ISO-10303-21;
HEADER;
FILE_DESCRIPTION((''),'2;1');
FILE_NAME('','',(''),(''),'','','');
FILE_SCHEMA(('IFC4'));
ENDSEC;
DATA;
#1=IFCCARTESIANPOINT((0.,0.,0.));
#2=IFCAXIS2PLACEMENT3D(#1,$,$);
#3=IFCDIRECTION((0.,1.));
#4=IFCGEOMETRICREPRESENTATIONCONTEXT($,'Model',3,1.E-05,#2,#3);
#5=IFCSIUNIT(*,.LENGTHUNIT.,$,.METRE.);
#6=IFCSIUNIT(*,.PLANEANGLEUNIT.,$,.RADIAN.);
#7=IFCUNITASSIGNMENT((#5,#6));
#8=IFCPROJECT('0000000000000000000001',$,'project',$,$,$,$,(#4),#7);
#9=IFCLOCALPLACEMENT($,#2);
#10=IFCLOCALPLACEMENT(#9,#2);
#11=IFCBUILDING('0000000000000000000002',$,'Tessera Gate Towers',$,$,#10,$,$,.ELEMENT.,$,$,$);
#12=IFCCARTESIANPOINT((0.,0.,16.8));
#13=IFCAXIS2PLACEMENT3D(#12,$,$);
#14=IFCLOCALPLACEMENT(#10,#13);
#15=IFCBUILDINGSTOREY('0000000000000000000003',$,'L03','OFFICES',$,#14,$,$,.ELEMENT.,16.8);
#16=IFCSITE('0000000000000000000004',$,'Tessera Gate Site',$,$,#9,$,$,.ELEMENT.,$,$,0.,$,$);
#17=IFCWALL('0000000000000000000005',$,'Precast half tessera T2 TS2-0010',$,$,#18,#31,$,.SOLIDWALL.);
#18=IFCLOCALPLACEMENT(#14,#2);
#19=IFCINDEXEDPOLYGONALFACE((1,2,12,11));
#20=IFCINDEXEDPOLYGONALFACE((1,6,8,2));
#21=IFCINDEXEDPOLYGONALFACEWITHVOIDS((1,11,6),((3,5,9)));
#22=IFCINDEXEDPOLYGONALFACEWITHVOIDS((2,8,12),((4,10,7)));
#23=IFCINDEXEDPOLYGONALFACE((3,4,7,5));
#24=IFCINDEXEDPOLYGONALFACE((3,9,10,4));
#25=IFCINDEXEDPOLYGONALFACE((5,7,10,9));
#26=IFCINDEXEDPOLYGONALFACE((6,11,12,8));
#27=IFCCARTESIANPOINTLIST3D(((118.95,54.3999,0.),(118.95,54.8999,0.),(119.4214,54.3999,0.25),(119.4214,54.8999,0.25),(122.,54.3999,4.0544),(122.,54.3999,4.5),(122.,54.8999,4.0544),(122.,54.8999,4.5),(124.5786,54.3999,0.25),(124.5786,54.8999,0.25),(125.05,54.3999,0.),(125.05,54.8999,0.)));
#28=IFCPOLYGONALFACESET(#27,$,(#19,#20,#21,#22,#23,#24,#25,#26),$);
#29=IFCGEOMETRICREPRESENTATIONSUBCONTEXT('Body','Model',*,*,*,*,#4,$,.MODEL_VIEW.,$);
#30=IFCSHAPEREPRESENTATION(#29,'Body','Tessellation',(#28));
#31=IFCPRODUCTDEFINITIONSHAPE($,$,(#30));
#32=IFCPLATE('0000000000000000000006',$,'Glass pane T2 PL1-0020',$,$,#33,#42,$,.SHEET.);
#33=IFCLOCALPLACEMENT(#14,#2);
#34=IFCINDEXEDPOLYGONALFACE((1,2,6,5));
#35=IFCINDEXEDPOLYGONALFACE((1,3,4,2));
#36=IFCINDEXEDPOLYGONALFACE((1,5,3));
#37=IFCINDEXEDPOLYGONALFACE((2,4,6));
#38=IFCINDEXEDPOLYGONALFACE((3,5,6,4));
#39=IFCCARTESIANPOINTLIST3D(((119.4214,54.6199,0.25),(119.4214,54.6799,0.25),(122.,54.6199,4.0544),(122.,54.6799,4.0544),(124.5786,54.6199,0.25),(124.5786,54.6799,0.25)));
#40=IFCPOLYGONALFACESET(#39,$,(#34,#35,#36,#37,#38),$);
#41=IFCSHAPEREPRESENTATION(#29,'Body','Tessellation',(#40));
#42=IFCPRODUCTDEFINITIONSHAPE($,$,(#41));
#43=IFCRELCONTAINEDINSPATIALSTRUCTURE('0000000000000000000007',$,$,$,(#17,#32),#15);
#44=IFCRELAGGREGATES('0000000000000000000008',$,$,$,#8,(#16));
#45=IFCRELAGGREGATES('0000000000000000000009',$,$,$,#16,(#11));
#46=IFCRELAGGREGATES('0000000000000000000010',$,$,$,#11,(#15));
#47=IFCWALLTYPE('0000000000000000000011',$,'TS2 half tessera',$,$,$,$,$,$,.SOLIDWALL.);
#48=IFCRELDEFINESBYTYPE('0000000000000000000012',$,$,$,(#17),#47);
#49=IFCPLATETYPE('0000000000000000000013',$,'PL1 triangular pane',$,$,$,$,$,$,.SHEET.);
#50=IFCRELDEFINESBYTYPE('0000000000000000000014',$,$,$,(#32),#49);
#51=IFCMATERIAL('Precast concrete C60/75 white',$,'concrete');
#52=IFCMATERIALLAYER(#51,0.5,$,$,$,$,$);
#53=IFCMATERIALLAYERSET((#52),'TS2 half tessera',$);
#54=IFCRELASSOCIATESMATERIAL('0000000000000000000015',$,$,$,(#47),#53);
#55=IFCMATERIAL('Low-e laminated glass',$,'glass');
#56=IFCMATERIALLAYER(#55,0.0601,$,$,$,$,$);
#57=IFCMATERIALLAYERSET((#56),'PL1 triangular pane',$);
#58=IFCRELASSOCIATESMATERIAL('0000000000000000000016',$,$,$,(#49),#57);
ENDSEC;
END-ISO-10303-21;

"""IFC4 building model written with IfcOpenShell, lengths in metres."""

from ifc_helpers import new_model, si_unit, direction, frame, origin, place, context, subcontext, project, spatial, polyline, outline, extrude, source, transform, mapped, material, layer, layer_set, type_object, element, fill, save


model = new_model("IFC4")

# Units and contexts
model_context = context("Model", 3, precision=1e-05, world=origin(), true_north=direction((0.0, 1.0)))
body_context = subcontext(model_context, "Body", "Model", "MODEL_VIEW")
ifc_project = project(units=[si_unit("LENGTHUNIT", "METRE"), si_unit("PLANEANGLEUNIT", "RADIAN")], contexts=[model_context])

# Site, building, storey
site_placement = place(None, origin())
site = spatial("IfcSite", under=ifc_project, at=site_placement, Name="Tessera Gate Site", CompositionType="ELEMENT", RefElevation=0.0)
building_placement = place(site_placement, origin())
building = spatial("IfcBuilding", under=site, at=building_placement, Name="Tessera Gate Towers", CompositionType="ELEMENT")
storey_placement = place(building_placement, frame((0.0, 0.0, 16.8)))
storey = spatial("IfcBuildingStorey", under=building, at=storey_placement, Name="L03", Description="OFFICES", CompositionType="ELEMENT", Elevation=16.8)

# Wall, opening, plate
ifc_material_1 = material(Name="Precast concrete C60/75 white", Category="concrete")
ifc_layer_1 = layer(ifc_material_1, 0.5)
ifc_layer_set_1 = layer_set([ifc_layer_1], Name="TS2 half tessera")
wall_type_1 = type_object("IfcWallType", Name="TS2 half tessera", PredefinedType="SOLIDWALL", material=ifc_layer_set_1)
shared_shape_1 = source(origin(), body_context, "Body", "SweptSolid", [
    extrude(outline(polyline([(6.1001, 0.0), (3.05, 4.5), (0.0, 0.0), (6.1001, 0.0)])), frame((0.0, 0.25, 0.0), z_axis=(0.0, -1.0, 0.0), x_axis=(1.0, 0.0, 0.0)), (0.0, 0.0, 1.0), 0.5),
])
wall_1_placement = place(storey_placement, frame((125.05, 54.6499, 0.0), z_axis=(0.0, 0.0, 1.0), x_axis=(-1.0, 0.0, 0.0)))
wall_1 = element("IfcWall", 1, at=wall_1_placement, inside=storey, type_object=wall_type_1, Name="Precast half tessera T2 TS2-0010", PredefinedType="SOLIDWALL", context=body_context, shape_type="MappedRepresentation", body=[
    mapped(shared_shape_1, transform((0.0, 0.0, 0.0), scale=1.0)),
])
shared_shape_2 = source(origin(), body_context, "Body", "SweptSolid", [
    extrude(outline(polyline([(5.6287, 0.25), (3.05, 4.0544), (0.4714, 0.25), (5.6287, 0.25)])), frame((0.0, 0.26, 0.0), z_axis=(0.0, -1.0, 0.0), x_axis=(1.0, 0.0, 0.0)), (0.0, 0.0, 1.0), 0.52),
])
opening_1_placement = place(wall_1_placement, origin())
opening_1 = element("IfcOpeningElement", 2, at=opening_1_placement, cuts=wall_1, PredefinedType="OPENING", context=body_context, shape_type="MappedRepresentation", body=[
    mapped(shared_shape_2, transform((0.0, 0.0, 0.0), scale=1.0)),
])
ifc_material_2 = material(Name="Low-e laminated glass", Category="glass")
ifc_layer_2 = layer(ifc_material_2, 0.0601)
ifc_layer_set_2 = layer_set([ifc_layer_2], Name="PL1 triangular pane")
plate_type = type_object("IfcPlateType", Name="PL1 triangular pane", PredefinedType="SHEET", material=ifc_layer_set_2)
shared_shape_3 = source(origin(), body_context, "Body", "SweptSolid", [
    extrude(outline(polyline([(5.6287, 0.25), (3.05, 4.0544), (0.4714, 0.25), (5.6287, 0.25)])), frame((0.0, 0.03, 0.0), z_axis=(0.0, -1.0, 0.0), x_axis=(1.0, 0.0, 0.0)), (0.0, 0.0, 1.0), 0.0601),
])
plate_placement = place(opening_1_placement, origin())
plate = element("IfcPlate", 3, at=plate_placement, inside=storey, type_object=plate_type, Name="Glass pane T2 PL1-0020", PredefinedType="SHEET", context=body_context, shape_type="MappedRepresentation", body=[
    mapped(shared_shape_3, transform((0.0, 0.0, 0.0), scale=1.0)),
])
fill(opening_1, plate)

save(model, "model.ifc")
